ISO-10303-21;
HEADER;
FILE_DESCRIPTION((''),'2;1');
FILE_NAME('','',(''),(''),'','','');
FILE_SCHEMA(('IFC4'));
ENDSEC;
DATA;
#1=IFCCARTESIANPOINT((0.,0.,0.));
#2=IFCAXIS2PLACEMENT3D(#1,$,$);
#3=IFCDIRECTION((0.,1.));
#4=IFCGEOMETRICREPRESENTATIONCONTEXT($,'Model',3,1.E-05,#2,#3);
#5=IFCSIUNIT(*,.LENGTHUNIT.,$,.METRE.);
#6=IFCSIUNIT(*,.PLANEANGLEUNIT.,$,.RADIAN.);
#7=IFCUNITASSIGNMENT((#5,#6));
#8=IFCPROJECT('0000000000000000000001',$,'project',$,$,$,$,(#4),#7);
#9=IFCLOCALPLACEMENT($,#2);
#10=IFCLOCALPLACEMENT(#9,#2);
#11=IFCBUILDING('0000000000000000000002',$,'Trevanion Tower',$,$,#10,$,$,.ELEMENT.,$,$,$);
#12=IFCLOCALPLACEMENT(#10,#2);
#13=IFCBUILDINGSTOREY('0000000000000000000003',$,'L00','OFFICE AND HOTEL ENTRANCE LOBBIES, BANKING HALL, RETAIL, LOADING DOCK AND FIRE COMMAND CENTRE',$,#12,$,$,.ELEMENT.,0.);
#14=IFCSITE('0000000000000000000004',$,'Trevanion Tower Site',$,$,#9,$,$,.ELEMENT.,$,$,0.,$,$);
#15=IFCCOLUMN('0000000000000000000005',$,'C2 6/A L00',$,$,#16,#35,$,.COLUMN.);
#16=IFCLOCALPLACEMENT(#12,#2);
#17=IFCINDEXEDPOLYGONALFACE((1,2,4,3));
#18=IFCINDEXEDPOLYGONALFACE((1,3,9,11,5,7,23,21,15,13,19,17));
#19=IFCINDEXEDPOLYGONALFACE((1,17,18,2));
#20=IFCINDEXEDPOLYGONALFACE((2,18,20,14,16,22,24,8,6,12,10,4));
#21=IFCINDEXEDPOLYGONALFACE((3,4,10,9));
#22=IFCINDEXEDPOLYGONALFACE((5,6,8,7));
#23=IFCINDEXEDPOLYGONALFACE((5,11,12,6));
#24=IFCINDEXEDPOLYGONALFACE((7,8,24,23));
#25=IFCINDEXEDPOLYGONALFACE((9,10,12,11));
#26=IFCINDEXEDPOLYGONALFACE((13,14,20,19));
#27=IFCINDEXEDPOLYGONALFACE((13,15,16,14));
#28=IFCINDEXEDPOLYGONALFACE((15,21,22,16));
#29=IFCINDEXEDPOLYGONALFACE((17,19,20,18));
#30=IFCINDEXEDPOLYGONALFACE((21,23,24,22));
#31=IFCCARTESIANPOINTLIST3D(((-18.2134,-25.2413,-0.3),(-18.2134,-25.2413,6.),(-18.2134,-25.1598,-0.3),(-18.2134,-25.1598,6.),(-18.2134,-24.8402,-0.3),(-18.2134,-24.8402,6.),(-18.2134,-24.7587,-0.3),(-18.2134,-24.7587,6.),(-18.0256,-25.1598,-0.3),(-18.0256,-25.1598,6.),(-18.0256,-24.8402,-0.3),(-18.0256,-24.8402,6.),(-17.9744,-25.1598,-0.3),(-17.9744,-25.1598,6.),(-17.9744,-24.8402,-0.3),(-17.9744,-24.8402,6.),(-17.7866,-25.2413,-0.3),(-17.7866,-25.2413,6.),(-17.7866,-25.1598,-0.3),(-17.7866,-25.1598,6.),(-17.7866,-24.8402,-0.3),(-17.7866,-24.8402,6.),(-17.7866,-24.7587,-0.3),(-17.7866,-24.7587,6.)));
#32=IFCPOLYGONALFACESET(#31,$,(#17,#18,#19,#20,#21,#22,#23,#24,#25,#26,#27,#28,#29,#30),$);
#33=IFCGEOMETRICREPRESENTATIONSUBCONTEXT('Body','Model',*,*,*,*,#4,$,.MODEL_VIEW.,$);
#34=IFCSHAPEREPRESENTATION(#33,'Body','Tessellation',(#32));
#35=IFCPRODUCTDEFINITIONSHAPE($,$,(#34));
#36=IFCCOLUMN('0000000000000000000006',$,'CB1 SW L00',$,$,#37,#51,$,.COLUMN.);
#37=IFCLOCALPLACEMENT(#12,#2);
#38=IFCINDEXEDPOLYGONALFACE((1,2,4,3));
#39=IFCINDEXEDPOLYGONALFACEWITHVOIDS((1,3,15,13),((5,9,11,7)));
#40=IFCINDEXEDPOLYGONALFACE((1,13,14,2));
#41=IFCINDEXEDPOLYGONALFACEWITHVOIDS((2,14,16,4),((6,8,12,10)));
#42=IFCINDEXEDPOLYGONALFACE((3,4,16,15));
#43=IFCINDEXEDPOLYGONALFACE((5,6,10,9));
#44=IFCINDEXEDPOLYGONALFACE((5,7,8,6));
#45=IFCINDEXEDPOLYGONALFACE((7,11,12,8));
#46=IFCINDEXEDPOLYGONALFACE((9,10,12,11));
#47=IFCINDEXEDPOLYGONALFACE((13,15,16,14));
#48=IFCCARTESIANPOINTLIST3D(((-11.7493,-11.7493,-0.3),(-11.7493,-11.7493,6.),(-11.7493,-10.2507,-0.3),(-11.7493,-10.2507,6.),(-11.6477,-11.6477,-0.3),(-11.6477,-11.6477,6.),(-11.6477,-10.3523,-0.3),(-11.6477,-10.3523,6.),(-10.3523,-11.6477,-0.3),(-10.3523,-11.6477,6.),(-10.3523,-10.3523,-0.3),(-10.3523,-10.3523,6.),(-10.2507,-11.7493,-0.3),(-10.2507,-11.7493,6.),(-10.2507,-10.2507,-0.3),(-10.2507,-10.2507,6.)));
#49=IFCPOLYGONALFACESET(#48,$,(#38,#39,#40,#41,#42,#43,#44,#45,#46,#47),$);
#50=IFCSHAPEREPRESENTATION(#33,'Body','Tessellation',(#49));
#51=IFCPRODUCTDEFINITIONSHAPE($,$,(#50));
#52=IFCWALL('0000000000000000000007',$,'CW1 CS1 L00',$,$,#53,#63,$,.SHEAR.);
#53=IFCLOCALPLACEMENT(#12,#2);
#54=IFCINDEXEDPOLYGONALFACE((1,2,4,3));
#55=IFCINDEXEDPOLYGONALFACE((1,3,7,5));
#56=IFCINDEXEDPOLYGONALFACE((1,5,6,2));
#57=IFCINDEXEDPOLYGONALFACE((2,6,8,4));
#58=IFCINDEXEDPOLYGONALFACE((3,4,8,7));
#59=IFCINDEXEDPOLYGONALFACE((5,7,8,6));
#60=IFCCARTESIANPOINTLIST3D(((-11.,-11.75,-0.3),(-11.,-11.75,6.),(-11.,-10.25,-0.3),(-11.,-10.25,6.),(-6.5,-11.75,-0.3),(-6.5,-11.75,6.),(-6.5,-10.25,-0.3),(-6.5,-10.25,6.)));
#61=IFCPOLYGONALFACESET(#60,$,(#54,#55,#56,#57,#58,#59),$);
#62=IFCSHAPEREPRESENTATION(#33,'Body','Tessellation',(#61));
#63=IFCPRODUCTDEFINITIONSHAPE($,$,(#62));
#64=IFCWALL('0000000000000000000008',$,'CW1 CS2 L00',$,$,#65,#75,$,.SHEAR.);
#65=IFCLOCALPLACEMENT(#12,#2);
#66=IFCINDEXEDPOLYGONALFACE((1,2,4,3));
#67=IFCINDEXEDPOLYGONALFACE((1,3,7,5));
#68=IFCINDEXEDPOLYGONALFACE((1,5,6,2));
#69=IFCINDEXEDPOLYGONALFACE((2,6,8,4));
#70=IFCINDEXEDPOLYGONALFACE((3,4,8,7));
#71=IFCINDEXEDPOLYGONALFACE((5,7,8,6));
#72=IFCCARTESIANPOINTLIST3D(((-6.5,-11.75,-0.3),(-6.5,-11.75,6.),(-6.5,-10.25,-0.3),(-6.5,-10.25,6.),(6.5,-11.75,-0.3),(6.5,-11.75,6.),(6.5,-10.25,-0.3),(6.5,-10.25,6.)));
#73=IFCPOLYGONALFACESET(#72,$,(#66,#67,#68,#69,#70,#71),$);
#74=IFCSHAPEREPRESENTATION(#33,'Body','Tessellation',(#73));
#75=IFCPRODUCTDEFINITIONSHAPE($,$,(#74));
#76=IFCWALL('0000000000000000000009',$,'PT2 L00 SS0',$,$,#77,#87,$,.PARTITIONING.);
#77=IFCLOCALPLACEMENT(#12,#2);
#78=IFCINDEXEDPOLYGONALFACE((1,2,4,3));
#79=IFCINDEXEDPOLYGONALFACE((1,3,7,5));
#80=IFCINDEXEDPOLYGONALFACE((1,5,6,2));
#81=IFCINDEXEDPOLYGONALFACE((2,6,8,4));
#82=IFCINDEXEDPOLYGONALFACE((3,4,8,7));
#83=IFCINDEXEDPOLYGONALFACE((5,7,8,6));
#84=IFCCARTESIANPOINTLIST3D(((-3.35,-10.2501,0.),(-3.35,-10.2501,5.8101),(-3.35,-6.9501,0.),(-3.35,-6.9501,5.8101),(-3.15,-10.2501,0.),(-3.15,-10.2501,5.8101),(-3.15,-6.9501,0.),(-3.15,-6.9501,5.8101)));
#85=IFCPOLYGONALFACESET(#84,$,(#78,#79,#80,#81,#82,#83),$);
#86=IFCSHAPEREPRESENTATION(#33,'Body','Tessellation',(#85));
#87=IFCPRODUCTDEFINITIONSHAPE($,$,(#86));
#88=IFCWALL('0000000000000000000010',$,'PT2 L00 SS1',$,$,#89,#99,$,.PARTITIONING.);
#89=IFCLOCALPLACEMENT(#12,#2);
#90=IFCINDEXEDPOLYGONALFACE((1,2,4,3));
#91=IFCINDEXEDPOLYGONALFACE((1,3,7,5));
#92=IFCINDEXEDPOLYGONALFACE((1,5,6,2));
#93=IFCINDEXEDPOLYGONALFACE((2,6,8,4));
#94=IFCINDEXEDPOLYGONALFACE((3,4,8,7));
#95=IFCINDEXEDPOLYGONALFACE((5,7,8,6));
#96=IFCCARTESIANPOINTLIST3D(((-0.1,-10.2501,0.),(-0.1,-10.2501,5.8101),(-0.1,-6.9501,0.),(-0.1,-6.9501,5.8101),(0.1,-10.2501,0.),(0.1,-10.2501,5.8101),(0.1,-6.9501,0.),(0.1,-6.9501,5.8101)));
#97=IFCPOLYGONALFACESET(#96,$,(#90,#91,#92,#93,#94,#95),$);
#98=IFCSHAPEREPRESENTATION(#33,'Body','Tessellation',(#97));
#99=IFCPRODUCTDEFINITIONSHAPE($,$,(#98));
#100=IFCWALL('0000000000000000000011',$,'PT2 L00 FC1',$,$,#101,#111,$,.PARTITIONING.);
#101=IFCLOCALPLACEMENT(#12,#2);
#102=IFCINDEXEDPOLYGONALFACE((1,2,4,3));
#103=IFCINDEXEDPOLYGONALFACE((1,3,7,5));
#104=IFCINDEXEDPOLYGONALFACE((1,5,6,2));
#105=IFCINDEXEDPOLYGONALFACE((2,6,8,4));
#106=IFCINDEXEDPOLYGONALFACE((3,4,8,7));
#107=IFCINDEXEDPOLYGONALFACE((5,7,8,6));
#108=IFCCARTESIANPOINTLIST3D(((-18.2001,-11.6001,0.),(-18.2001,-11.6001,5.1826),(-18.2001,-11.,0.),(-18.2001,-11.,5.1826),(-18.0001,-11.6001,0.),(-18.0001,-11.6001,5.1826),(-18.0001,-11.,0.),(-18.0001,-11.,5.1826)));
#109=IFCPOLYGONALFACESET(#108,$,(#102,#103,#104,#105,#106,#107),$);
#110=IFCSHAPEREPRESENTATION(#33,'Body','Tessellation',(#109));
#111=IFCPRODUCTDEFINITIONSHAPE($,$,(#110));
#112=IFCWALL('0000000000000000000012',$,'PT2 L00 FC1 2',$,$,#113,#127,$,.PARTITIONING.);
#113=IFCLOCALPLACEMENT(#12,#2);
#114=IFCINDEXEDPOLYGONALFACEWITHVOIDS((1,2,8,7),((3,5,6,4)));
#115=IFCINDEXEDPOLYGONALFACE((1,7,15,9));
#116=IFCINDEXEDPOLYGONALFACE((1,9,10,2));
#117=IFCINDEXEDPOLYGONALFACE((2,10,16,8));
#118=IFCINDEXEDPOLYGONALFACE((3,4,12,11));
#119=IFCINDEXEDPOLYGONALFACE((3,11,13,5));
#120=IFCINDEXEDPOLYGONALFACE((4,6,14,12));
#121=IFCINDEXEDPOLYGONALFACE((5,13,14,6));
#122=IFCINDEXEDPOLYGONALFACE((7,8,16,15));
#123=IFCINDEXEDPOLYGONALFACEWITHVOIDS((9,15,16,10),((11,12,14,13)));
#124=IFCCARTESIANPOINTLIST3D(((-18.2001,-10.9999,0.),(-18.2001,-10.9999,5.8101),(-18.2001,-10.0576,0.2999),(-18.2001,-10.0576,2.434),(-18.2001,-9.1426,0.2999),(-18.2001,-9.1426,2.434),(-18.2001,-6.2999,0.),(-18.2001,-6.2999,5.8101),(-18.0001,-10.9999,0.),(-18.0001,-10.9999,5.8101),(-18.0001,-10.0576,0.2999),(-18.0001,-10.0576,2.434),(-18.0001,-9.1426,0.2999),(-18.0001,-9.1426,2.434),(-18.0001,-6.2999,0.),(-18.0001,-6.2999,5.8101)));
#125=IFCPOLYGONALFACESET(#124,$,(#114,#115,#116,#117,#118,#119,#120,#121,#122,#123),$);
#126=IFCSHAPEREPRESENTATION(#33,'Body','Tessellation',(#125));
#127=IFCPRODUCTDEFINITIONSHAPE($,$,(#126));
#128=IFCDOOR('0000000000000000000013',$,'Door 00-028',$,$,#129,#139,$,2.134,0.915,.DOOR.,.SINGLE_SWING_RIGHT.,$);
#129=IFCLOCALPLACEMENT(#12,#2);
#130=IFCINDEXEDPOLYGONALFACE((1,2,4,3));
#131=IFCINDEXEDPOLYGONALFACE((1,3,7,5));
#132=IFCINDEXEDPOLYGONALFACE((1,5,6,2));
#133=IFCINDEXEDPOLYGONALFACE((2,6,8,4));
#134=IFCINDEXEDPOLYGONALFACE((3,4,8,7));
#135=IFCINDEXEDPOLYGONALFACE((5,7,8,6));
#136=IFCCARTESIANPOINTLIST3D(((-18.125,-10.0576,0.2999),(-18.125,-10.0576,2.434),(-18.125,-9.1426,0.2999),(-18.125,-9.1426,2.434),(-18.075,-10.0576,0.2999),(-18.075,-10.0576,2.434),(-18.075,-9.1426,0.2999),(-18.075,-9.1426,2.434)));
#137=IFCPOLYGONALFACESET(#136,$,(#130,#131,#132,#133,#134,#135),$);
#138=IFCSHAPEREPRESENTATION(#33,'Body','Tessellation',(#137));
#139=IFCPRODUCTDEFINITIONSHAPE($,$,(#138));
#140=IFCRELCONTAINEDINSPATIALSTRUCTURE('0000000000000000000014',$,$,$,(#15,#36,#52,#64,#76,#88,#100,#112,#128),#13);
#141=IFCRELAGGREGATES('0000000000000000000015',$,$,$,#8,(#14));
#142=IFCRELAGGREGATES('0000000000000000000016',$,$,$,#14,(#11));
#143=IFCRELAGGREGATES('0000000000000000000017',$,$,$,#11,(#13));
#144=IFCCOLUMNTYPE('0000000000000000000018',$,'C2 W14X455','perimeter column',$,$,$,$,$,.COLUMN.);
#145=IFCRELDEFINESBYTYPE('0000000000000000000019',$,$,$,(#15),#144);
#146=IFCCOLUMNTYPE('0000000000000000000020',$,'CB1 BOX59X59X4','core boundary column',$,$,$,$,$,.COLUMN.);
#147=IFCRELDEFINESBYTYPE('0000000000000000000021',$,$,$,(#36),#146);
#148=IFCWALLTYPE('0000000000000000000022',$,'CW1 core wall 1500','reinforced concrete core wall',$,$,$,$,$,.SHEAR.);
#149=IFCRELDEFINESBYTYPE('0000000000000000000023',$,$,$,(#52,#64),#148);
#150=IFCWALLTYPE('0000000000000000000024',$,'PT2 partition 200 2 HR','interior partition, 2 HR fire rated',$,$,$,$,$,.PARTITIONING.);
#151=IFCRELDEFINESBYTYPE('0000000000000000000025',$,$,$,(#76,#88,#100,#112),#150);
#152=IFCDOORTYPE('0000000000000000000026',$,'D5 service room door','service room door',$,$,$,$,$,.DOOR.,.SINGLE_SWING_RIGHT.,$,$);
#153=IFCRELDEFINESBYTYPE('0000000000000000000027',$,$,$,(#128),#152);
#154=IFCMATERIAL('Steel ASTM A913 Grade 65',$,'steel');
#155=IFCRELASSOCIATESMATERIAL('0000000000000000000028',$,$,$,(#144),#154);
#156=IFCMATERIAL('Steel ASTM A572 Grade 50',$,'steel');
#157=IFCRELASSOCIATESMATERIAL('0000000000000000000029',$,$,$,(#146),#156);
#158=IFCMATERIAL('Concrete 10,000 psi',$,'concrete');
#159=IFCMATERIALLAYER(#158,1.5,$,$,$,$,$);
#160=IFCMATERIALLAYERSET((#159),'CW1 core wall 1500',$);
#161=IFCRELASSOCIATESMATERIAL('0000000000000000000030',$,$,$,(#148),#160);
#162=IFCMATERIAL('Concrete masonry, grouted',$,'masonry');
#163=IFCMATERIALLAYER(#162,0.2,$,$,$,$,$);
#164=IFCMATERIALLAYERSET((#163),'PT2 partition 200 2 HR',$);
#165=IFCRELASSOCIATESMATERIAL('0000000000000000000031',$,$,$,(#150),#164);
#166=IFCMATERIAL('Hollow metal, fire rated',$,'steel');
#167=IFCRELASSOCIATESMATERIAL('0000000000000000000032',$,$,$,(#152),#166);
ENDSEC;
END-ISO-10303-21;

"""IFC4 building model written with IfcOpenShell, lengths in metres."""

from ifc_helpers import new_model, si_unit, direction, frame, frame_2d, origin, origin_2d, place, context, subcontext, project, spatial, rectangle, hollow_rectangle, i_section, extrude, material, layer, layer_set, material_profile, profile_set, type_object, element, fill, save


model = new_model("IFC4")

# Units and contexts
model_context = context("Model", 3, precision=1e-05, world=origin(), true_north=direction((0.0, 1.0)))
body_context = subcontext(model_context, "Body", "Model", "MODEL_VIEW")
ifc_project = project(units=[si_unit("LENGTHUNIT", "METRE"), si_unit("PLANEANGLEUNIT", "RADIAN")], contexts=[model_context])

# Site, building, storey
site_placement = place(None, origin())
site = spatial("IfcSite", under=ifc_project, at=site_placement, Name="Trevanion Tower Site", CompositionType="ELEMENT", RefElevation=0.0)
building_placement = place(site_placement, origin())
building = spatial("IfcBuilding", under=site, at=building_placement, Name="Trevanion Tower", CompositionType="ELEMENT")
storey_placement = place(building_placement, origin())
storey = spatial("IfcBuildingStorey", under=building, at=storey_placement, Name="L00", Description="OFFICE AND HOTEL ENTRANCE LOBBIES, BANKING HALL, RETAIL, LOADING DOCK AND FIRE COMMAND CENTRE", CompositionType="ELEMENT", Elevation=0.0)

# Columns
ifc_material_1 = material(Name="Steel ASTM A913 Grade 65", Category="steel")
ifc_material_profile_1 = material_profile(ifc_material_1, i_section(OverallWidth=0.4268, OverallDepth=0.4827, WebThickness=0.0513, FlangeThickness=0.0815, at=origin_2d()), Name="W14X455")
ifc_profile_set_1 = profile_set([ifc_material_profile_1], Name="Steel ASTM A913 Grade 65")
column_type_1 = type_object("IfcColumnType", Name="C2 W14X455", Description="perimeter column", PredefinedType="COLUMN", material=ifc_profile_set_1)
column_1_placement = place(storey_placement, frame((-18.0, -25.0, -0.3), z_axis=(0.0, 0.0, 1.0), x_axis=(1.0, 0.0, 0.0)))
element("IfcColumn", 1, at=column_1_placement, inside=storey, type_object=column_type_1, Name="C2 6/A L00", PredefinedType="COLUMN", context=body_context, shape_type="SweptSolid", body=[
    extrude(i_section(OverallWidth=0.4268, OverallDepth=0.4827, WebThickness=0.0513, FlangeThickness=0.0815, at=origin_2d()), origin(), (0.0, 0.0, 1.0), 6.3),
])
ifc_material_2 = material(Name="Steel ASTM A572 Grade 50", Category="steel")
ifc_material_profile_2 = material_profile(ifc_material_2, hollow_rectangle(XDim=1.4985, YDim=1.4985, WallThickness=0.1016, at=origin_2d()), Name="BOX59X59X4")
ifc_profile_set_2 = profile_set([ifc_material_profile_2], Name="Steel ASTM A572 Grade 50")
column_type_2 = type_object("IfcColumnType", Name="CB1 BOX59X59X4", Description="core boundary column", PredefinedType="COLUMN", material=ifc_profile_set_2)
column_2_placement = place(storey_placement, frame((-11.0, -11.0, -0.3), z_axis=(0.0, 0.0, 1.0), x_axis=(1.0, 0.0, 0.0)))
element("IfcColumn", 2, at=column_2_placement, inside=storey, type_object=column_type_2, Name="CB1 SW L00", PredefinedType="COLUMN", context=body_context, shape_type="SweptSolid", body=[
    extrude(hollow_rectangle(XDim=1.4985, YDim=1.4985, WallThickness=0.1016, at=origin_2d()), origin(), (0.0, 0.0, 1.0), 6.3),
])

# Walls
ifc_material_3 = material(Name="Concrete 10,000 psi", Category="concrete")
ifc_layer_1 = layer(ifc_material_3, 1.5)
ifc_layer_set_1 = layer_set([ifc_layer_1], Name="CW1 core wall 1500")
wall_type_1 = type_object("IfcWallType", Name="CW1 core wall 1500", Description="reinforced concrete core wall", PredefinedType="SHEAR", material=ifc_layer_set_1)
wall_1_placement = place(storey_placement, frame((-11.0, -11.0, -0.3), z_axis=(0.0, 0.0, 1.0), x_axis=(1.0, 0.0, 0.0)))
element("IfcWall", 3, at=wall_1_placement, inside=storey, type_object=wall_type_1, Name="CW1 CS1 L00", PredefinedType="SHEAR", context=body_context, shape_type="SweptSolid", body=[
    extrude(rectangle(XDim=4.5, YDim=1.5, at=frame_2d((2.25, 0.0))), origin(), (0.0, 0.0, 1.0), 6.3),
])
wall_2_placement = place(storey_placement, frame((-6.5, -11.0, -0.3), z_axis=(0.0, 0.0, 1.0), x_axis=(1.0, 0.0, 0.0)))
element("IfcWall", 4, at=wall_2_placement, inside=storey, type_object=wall_type_1, Name="CW1 CS2 L00", PredefinedType="SHEAR", context=body_context, shape_type="SweptSolid", body=[
    extrude(rectangle(XDim=13.0, YDim=1.5, at=frame_2d((6.5, 0.0))), origin(), (0.0, 0.0, 1.0), 6.3),
])
ifc_material_4 = material(Name="Concrete masonry, grouted", Category="masonry")
ifc_layer_2 = layer(ifc_material_4, 0.2)
ifc_layer_set_2 = layer_set([ifc_layer_2], Name="PT2 partition 200 2 HR")
wall_type_2 = type_object("IfcWallType", Name="PT2 partition 200 2 HR", Description="interior partition, 2 HR fire rated", PredefinedType="PARTITIONING", material=ifc_layer_set_2)
for number, where, z_axis, x_axis, name in (
    (5, (-3.25, -10.25, 0.0), (0.0, 0.0, 1.0), (0.0, 1.0, 0.0), "PT2 L00 SS0"),
    (6, (0.0, -10.25, 0.0), (0.0, 0.0, 1.0), (0.0, 1.0, 0.0), "PT2 L00 SS1"),
):
    element("IfcWall", number, at=place(storey_placement, frame(where, z_axis=z_axis, x_axis=x_axis)), inside=storey, type_object=wall_type_2, Name=name, PredefinedType="PARTITIONING", context=body_context, shape_type="SweptSolid", body=[
        extrude(rectangle(XDim=3.3, YDim=0.2, at=frame_2d((1.6499, 0.0))), origin(), (0.0, 0.0, 1.0), 5.8101),
    ])
wall_3_placement = place(storey_placement, frame((-18.1001, -11.6001, 0.0), z_axis=(0.0, 0.0, 1.0), x_axis=(0.0, 1.0, 0.0)))
element("IfcWall", 7, at=wall_3_placement, inside=storey, type_object=wall_type_2, Name="PT2 L00 FC1", PredefinedType="PARTITIONING", context=body_context, shape_type="SweptSolid", body=[
    extrude(rectangle(XDim=0.6001, YDim=0.2, at=frame_2d((0.3, 0.0))), origin(), (0.0, 0.0, 1.0), 5.1826),
])

# Wall, opening, door
wall_4_placement = place(storey_placement, frame((-18.1001, -11.0, 0.0), z_axis=(0.0, 0.0, 1.0), x_axis=(0.0, 1.0, 0.0)))
wall_4 = element("IfcWall", 8, at=wall_4_placement, inside=storey, type_object=wall_type_2, Name="PT2 L00 FC1 2", PredefinedType="PARTITIONING", context=body_context, shape_type="SweptSolid", body=[
    extrude(rectangle(XDim=4.7, YDim=0.2, at=frame_2d((2.3501, 0.0))), origin(), (0.0, 0.0, 1.0), 5.8101),
])
opening_placement = place(wall_4_placement, frame((0.9424, 0.0, 0.3)))
opening = element("IfcOpeningElement", 9, at=opening_placement, cuts=wall_4, PredefinedType="OPENING", context=body_context, shape_type="SweptSolid", body=[
    extrude(rectangle(XDim=0.915, YDim=2.134, at=frame_2d((0.4575, 1.0669))), frame((0.0, 0.1099, 0.0), z_axis=(0.0, -1.0, 0.0), x_axis=(1.0, 0.0, 0.0)), (0.0, 0.0, 1.0), 0.22),
])
ifc_material_5 = material(Name="Hollow metal, fire rated", Category="steel")
door_type = type_object("IfcDoorType", Name="D5 service room door", Description="service room door", OperationType="SINGLE_SWING_RIGHT", PredefinedType="DOOR", material=ifc_material_5)
door_placement = place(opening_placement, origin())
door = element("IfcDoor", 10, at=door_placement, inside=storey, type_object=door_type, Name="Door 00-028", OperationType="SINGLE_SWING_RIGHT", OverallHeight=2.134, OverallWidth=0.915, PredefinedType="DOOR", context=body_context, shape_type="SweptSolid", body=[
    extrude(rectangle(XDim=0.915, YDim=2.134, at=frame_2d((0.4575, 1.0669))), frame((0.0, 0.0249, 0.0), z_axis=(0.0, -1.0, 0.0), x_axis=(1.0, 0.0, 0.0)), (0.0, 0.0, 1.0), 0.05),
])
fill(opening, door)

save(model, "model.ifc")
